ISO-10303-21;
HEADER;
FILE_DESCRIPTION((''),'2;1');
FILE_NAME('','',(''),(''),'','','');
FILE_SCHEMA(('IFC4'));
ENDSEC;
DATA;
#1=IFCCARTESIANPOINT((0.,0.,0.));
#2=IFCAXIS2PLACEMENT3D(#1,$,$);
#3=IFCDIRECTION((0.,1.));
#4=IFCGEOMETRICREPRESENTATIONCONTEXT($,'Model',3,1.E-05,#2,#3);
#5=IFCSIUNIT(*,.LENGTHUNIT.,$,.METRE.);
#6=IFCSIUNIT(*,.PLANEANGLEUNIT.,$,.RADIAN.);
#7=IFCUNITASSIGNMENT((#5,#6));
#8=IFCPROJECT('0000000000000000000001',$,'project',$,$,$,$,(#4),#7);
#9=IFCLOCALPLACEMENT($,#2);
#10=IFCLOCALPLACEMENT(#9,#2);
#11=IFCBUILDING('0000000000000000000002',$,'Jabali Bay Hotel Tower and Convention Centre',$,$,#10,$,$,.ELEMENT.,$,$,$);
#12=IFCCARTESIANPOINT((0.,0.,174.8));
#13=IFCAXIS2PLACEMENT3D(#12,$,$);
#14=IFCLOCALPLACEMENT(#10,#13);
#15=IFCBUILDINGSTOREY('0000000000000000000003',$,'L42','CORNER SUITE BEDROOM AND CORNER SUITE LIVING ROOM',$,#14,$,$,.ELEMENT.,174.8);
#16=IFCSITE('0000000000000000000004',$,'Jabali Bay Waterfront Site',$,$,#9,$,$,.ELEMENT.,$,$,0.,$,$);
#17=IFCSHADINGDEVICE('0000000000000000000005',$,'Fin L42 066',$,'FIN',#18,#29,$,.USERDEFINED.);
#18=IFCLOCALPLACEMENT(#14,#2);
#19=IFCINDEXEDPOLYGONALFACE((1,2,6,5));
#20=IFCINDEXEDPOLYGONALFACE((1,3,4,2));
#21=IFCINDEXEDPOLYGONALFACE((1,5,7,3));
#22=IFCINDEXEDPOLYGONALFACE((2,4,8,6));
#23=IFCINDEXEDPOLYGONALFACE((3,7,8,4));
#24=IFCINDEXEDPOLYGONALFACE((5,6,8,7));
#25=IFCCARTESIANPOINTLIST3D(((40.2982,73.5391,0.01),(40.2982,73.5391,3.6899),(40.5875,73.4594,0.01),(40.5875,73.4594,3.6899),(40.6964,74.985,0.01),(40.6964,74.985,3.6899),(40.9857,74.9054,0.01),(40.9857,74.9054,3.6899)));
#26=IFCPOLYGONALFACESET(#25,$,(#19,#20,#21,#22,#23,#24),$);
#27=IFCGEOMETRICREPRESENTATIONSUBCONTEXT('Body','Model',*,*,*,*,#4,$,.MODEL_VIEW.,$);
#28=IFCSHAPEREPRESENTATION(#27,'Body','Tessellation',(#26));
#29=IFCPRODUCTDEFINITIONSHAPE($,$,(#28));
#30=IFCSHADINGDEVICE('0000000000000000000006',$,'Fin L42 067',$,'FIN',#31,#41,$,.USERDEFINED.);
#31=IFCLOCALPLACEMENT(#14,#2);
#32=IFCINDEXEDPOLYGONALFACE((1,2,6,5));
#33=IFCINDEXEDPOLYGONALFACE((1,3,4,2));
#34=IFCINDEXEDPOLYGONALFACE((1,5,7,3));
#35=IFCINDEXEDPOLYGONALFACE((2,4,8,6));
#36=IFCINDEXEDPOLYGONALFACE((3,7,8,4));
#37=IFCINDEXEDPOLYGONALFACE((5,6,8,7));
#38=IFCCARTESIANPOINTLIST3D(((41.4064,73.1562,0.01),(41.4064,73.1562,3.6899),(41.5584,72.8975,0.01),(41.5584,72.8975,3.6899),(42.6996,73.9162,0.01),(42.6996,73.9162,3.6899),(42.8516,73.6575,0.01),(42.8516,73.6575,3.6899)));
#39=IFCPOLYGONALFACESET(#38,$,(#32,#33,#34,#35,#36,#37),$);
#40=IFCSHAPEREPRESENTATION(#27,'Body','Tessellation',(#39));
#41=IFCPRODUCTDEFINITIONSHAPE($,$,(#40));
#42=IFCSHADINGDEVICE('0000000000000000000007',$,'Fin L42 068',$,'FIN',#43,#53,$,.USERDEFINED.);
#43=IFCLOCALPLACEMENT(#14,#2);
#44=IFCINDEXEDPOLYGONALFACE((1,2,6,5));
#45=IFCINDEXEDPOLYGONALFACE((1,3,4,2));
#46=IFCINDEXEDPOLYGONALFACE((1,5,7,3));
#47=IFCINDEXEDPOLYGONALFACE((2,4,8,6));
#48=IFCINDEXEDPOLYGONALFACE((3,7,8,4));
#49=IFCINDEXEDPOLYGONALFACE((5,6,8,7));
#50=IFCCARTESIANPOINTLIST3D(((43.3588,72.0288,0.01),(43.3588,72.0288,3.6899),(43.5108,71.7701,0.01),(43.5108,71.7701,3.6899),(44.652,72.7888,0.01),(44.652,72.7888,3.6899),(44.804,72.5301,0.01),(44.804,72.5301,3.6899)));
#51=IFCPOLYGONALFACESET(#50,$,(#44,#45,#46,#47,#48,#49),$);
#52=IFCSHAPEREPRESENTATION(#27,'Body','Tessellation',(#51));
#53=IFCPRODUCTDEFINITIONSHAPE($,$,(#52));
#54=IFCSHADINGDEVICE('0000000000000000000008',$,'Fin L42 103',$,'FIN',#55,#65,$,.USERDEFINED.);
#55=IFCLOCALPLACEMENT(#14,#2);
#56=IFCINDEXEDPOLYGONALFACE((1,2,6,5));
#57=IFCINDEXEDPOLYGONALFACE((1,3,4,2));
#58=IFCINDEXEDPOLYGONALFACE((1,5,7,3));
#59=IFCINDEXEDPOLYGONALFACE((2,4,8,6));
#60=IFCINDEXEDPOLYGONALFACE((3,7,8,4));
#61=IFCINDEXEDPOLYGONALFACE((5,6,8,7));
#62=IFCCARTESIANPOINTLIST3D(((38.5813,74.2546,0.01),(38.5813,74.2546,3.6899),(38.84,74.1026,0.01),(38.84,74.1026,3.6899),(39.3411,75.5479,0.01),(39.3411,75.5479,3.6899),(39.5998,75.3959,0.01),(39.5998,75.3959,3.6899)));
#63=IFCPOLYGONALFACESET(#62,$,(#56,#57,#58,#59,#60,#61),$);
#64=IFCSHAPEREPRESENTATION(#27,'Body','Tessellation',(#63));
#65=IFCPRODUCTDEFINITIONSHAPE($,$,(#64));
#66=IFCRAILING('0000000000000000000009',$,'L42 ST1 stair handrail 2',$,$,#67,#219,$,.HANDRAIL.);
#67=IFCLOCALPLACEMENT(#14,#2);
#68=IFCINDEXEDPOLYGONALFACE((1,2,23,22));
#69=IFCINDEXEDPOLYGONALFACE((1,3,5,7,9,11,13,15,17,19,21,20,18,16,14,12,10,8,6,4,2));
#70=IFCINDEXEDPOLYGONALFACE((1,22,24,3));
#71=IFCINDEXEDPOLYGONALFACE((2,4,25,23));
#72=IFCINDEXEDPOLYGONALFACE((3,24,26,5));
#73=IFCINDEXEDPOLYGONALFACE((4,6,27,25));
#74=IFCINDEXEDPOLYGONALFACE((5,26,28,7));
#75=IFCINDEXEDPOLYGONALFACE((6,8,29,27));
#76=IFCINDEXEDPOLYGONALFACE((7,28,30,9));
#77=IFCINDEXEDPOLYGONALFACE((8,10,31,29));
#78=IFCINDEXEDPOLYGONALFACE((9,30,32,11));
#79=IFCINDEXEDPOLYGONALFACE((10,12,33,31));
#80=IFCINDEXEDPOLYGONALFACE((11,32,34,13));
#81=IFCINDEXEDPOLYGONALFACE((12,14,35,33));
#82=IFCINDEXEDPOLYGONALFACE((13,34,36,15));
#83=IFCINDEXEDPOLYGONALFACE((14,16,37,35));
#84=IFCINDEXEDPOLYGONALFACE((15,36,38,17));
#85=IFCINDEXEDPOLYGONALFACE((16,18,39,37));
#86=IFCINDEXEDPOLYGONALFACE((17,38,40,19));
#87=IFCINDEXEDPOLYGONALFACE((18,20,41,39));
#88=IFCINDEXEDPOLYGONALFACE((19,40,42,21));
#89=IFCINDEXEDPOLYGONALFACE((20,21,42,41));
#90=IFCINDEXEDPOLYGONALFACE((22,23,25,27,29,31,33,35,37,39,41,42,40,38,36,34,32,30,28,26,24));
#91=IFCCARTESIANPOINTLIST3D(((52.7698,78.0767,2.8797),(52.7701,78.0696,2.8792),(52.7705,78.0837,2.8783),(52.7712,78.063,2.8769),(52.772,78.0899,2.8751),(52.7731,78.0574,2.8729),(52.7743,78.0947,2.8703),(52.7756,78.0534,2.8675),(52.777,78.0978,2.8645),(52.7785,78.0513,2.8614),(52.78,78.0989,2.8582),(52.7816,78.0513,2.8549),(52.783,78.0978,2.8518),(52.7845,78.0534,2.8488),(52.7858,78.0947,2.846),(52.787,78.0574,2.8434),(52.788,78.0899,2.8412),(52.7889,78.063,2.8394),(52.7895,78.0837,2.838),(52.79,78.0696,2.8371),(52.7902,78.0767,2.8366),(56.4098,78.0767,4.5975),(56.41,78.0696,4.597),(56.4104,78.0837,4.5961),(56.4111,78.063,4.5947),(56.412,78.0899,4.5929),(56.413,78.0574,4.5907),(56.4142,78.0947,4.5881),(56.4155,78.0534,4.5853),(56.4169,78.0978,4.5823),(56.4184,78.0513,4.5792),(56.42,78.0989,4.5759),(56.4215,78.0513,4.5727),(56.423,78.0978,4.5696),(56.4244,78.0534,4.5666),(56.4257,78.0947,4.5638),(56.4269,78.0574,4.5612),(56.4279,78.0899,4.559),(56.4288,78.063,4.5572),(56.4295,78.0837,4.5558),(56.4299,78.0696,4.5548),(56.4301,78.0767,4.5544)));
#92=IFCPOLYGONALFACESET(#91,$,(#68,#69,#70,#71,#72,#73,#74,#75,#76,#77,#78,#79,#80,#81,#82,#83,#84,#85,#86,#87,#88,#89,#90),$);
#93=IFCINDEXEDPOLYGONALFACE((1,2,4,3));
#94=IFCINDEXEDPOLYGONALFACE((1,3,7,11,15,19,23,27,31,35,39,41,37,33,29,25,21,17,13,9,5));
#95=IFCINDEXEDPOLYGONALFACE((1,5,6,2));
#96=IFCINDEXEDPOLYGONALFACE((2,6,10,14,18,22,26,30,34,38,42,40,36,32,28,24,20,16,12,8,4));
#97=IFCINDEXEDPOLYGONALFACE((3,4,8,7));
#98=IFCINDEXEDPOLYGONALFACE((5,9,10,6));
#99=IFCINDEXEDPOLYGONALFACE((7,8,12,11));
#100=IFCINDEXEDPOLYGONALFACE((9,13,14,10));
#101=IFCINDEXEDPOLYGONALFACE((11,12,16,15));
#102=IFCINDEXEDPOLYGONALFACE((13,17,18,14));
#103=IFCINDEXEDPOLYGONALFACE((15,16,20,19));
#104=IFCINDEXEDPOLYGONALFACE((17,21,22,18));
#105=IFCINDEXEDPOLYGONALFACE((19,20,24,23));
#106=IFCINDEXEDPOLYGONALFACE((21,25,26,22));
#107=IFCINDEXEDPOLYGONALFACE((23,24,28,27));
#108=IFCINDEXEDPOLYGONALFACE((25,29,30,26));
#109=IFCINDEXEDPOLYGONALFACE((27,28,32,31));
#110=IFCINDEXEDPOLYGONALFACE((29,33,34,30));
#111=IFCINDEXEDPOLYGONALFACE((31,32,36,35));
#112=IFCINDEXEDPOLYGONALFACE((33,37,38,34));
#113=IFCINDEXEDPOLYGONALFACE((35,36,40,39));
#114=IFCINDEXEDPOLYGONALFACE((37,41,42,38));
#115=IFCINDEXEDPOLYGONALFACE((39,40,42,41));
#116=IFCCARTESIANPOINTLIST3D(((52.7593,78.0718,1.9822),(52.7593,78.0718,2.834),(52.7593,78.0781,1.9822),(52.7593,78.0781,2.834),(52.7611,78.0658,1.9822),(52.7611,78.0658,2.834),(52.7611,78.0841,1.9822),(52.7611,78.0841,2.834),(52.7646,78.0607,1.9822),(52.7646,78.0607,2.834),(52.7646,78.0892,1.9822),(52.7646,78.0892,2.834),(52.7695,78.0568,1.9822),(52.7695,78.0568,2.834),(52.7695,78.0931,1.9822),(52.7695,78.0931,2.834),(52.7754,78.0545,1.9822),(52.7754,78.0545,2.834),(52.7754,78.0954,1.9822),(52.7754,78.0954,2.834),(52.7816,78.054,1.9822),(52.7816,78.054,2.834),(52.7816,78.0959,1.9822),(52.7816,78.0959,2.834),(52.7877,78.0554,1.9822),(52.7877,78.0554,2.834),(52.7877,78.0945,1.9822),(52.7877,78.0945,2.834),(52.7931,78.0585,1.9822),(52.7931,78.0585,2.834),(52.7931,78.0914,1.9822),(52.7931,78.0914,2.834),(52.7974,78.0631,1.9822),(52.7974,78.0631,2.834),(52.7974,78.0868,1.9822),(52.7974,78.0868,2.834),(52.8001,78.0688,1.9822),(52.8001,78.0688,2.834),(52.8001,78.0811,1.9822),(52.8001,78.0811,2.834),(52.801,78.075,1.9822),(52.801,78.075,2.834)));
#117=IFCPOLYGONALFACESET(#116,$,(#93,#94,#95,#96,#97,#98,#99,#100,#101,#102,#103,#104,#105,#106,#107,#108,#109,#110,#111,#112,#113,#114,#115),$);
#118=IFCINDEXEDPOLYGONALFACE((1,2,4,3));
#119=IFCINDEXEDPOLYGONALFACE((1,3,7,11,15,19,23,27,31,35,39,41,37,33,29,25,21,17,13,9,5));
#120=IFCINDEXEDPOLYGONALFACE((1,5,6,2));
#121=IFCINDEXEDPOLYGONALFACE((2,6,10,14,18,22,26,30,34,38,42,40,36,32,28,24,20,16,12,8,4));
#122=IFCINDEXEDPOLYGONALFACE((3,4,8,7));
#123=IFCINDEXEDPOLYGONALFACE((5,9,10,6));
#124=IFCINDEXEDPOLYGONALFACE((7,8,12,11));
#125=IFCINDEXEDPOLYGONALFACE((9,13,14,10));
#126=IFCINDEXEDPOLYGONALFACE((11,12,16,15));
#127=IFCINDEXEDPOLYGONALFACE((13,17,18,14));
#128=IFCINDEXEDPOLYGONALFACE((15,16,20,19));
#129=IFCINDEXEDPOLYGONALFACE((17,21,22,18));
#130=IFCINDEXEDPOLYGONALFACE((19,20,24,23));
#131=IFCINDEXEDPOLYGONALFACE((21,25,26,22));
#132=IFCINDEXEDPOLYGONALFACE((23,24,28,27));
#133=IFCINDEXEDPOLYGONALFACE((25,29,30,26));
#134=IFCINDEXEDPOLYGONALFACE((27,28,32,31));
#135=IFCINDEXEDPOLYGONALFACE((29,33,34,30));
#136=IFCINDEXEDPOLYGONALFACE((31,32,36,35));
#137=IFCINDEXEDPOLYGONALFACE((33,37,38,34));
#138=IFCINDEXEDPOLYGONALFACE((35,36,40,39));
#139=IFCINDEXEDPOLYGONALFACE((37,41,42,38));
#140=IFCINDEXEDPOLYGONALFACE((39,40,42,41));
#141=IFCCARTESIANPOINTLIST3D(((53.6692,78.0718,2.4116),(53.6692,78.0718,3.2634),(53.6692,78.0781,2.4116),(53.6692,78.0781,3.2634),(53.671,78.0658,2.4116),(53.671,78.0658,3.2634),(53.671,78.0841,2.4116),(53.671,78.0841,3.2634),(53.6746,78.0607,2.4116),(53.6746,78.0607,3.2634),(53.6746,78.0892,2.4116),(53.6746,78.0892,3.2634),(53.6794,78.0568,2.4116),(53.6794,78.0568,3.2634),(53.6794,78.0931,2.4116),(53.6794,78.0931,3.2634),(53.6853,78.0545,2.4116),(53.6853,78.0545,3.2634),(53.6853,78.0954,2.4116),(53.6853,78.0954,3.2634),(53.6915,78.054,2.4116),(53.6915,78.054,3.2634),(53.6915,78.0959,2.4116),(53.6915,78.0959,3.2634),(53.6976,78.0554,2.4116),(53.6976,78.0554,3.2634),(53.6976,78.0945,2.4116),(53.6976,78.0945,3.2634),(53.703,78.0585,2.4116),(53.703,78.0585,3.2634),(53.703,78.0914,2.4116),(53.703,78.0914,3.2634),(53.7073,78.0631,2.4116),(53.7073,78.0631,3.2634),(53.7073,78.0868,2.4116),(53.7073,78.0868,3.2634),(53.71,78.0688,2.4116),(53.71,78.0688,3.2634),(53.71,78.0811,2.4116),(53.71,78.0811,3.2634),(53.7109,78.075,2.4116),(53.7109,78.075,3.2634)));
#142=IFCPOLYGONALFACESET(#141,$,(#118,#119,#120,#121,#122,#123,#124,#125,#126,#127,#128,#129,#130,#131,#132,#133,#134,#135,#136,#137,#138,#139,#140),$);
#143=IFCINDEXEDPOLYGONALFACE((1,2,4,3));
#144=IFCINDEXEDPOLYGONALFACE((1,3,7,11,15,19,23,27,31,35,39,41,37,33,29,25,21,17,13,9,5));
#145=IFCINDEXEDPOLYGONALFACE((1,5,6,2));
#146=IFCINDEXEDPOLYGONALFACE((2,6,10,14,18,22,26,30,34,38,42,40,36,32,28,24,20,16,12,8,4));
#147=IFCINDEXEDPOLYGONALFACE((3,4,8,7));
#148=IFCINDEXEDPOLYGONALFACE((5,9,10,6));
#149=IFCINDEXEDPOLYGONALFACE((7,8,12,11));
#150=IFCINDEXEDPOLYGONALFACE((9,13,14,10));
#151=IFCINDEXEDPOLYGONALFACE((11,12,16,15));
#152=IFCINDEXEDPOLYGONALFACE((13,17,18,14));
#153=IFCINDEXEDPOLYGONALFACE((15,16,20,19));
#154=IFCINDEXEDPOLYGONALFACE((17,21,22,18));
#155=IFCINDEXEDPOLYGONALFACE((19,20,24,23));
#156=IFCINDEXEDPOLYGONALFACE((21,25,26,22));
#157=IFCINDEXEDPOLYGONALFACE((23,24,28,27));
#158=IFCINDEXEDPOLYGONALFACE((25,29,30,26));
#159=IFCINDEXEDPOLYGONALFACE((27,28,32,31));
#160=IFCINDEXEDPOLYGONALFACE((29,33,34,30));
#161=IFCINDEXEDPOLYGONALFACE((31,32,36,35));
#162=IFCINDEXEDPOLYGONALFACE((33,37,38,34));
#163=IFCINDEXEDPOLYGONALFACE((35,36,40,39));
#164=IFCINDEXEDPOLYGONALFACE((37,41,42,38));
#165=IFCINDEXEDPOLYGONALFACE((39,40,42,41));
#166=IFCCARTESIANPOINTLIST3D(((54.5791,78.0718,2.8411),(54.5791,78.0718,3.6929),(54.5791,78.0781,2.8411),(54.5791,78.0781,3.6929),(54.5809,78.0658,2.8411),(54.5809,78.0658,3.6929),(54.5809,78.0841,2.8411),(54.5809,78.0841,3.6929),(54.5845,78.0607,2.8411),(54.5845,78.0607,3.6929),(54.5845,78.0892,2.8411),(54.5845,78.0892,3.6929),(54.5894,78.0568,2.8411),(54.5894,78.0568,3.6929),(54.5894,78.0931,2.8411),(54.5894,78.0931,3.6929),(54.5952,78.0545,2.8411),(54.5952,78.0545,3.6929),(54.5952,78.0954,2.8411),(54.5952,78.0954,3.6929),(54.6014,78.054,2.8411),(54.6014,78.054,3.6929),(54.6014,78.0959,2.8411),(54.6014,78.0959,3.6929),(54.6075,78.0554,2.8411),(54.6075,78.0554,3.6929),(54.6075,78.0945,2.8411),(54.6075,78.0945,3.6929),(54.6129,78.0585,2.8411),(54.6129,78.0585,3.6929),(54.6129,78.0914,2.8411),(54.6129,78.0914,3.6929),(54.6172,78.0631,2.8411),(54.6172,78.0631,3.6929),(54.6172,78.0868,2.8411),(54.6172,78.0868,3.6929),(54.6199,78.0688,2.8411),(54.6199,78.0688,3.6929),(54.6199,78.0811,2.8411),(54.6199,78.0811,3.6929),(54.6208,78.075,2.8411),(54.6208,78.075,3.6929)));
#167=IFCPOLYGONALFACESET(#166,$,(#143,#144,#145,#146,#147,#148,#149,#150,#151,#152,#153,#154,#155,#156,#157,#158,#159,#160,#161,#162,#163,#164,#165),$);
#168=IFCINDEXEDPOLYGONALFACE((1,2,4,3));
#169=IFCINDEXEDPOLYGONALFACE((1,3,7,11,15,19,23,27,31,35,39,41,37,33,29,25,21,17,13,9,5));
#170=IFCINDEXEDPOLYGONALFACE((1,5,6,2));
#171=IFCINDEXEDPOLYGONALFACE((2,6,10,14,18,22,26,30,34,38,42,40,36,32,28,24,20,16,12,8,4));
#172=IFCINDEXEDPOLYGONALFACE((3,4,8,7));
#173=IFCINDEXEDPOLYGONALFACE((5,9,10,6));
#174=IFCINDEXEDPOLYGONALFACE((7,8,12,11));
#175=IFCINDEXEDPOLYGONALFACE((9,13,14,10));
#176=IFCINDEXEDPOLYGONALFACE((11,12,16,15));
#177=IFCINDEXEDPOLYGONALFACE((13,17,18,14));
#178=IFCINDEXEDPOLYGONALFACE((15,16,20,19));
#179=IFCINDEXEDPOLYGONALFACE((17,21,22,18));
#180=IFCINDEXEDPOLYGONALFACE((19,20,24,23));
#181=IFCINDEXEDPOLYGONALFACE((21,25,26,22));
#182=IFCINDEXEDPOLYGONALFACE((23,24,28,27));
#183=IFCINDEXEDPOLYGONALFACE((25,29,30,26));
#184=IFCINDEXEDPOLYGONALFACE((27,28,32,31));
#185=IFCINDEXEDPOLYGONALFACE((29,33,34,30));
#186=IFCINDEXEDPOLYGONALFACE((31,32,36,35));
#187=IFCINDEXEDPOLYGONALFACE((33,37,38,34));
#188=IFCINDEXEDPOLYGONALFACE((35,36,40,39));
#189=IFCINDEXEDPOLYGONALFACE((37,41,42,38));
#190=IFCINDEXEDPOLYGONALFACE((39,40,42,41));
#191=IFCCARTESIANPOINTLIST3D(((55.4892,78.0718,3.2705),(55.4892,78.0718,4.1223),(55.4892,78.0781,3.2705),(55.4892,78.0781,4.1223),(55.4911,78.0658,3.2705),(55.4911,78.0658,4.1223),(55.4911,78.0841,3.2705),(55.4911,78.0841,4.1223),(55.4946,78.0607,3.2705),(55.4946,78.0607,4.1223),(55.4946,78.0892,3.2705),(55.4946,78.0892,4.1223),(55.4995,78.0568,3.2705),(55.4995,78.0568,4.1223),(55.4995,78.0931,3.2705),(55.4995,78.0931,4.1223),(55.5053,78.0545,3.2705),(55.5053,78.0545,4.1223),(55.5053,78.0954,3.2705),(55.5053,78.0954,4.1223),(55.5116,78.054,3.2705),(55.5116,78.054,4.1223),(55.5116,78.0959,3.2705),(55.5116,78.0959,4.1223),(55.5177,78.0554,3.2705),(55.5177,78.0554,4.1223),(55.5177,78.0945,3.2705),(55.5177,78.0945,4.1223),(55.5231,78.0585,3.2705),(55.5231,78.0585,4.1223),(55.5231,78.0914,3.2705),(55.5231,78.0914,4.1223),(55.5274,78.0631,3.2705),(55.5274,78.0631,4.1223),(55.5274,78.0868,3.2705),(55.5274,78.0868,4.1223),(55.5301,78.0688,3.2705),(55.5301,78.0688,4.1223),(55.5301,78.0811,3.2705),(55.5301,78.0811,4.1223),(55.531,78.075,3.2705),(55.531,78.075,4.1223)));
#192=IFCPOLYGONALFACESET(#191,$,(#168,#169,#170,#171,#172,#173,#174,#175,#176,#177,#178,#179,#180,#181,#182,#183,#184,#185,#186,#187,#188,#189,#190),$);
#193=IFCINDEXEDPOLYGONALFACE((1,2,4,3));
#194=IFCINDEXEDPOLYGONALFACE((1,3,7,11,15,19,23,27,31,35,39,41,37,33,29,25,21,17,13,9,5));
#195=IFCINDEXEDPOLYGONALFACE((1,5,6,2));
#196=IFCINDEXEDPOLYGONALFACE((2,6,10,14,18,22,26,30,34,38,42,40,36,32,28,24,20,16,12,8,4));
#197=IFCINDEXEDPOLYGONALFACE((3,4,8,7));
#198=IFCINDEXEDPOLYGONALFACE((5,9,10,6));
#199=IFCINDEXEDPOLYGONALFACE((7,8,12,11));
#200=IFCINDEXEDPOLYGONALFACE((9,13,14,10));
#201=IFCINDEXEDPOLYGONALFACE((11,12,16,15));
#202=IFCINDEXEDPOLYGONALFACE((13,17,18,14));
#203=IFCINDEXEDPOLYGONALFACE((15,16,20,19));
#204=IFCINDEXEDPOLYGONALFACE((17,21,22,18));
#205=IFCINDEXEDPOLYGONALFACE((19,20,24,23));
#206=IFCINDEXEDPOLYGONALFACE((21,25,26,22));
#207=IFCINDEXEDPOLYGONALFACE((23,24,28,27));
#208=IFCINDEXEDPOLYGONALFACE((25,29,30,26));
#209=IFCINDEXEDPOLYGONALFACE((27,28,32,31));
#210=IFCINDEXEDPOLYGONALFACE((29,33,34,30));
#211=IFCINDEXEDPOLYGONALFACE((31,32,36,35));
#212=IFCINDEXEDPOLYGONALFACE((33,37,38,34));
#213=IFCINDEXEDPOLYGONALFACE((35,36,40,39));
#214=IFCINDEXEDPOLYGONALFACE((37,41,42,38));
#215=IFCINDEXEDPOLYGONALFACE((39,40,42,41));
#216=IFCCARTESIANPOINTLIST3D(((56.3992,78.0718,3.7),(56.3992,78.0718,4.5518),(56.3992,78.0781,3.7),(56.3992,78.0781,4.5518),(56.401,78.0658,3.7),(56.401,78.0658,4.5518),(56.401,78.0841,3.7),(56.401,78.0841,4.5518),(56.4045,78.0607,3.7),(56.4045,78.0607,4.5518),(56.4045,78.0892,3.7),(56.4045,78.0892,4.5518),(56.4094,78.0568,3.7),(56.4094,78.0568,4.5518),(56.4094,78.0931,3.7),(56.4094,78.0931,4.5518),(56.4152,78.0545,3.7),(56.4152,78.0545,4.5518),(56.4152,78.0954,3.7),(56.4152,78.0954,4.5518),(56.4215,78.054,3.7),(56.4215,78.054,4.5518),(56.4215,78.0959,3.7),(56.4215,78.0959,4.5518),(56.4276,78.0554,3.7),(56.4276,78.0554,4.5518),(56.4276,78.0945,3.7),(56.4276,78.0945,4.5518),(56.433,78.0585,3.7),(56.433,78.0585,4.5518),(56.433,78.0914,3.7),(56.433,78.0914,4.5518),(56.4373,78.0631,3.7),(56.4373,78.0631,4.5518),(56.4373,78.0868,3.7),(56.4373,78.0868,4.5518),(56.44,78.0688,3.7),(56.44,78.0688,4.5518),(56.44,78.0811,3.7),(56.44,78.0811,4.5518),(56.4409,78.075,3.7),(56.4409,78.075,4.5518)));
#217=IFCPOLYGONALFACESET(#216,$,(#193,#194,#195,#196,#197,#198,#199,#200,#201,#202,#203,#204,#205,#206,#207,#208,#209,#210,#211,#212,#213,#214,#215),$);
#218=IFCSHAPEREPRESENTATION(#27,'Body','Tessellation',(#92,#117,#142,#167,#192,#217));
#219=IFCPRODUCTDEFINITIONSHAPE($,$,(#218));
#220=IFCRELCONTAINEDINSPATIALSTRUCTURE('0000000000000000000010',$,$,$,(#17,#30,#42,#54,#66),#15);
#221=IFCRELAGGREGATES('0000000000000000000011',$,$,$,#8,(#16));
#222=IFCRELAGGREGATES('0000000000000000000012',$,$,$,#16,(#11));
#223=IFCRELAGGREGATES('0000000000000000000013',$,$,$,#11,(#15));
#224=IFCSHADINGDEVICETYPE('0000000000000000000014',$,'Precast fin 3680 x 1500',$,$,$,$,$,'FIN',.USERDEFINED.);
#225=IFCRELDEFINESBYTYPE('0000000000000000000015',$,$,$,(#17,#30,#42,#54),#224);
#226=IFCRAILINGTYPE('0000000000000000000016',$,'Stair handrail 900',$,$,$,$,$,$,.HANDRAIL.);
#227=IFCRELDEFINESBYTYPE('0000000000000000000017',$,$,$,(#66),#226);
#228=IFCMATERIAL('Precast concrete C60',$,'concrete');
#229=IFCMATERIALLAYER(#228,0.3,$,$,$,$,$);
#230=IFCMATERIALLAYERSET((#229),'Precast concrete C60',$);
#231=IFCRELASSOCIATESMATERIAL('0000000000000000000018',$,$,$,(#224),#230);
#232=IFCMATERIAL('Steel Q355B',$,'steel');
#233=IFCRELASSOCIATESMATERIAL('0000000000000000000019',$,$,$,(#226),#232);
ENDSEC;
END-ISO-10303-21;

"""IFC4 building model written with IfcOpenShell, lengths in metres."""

from ifc_helpers import new_model, si_unit, direction, frame, frame_2d, origin, origin_2d, place, context, subcontext, project, spatial, rectangle, circle, extrude, material, layer, layer_set, type_object, element, save


model = new_model("IFC4")

# Units and contexts
model_context = context("Model", 3, precision=1e-05, world=origin(), true_north=direction((0.0, 1.0)))
body_context = subcontext(model_context, "Body", "Model", "MODEL_VIEW")
ifc_project = project(units=[si_unit("LENGTHUNIT", "METRE"), si_unit("PLANEANGLEUNIT", "RADIAN")], contexts=[model_context])

# Site, building, storey
site_placement = place(None, origin())
site = spatial("IfcSite", under=ifc_project, at=site_placement, Name="Jabali Bay Waterfront Site", CompositionType="ELEMENT", RefElevation=0.0)
building_placement = place(site_placement, origin())
building = spatial("IfcBuilding", under=site, at=building_placement, Name="Jabali Bay Hotel Tower and Convention Centre", CompositionType="ELEMENT")
storey_placement = place(building_placement, frame((0.0, 0.0, 174.8)))
storey = spatial("IfcBuildingStorey", under=building, at=storey_placement, Name="L42", Description="CORNER SUITE BEDROOM AND CORNER SUITE LIVING ROOM", CompositionType="ELEMENT", Elevation=174.8)

# Shading devices
ifc_material_1 = material(Name="Precast concrete C60", Category="concrete")
ifc_layer_1 = layer(ifc_material_1, 0.3)
ifc_layer_set_1 = layer_set([ifc_layer_1], Name="Precast concrete C60")
shading_device_type = type_object("IfcShadingDeviceType", Name="Precast fin 3680 x 1500", ElementType="FIN", PredefinedType="USERDEFINED", material=ifc_layer_set_1)
shading_device_placement = place(storey_placement, frame((40.8411, 74.9453, 0.01), z_axis=(0.0, 0.0, 1.0), x_axis=(-0.265486, -0.964115, 0.0)))
element("IfcShadingDevice", 1, at=shading_device_placement, inside=storey, type_object=shading_device_type, Name="Fin L42 066", ObjectType="FIN", PredefinedType="USERDEFINED", context=body_context, shape_type="SweptSolid", body=[
    extrude(rectangle(XDim=1.4998, YDim=0.3, at=frame_2d((0.75, 0.0))), origin(), (0.0, 0.0, 1.0), 3.6799),
])
for number, where, z_axis, x_axis, name in (
    (2, (42.7756, 73.7869, 0.01), (0.0, 0.0, 1.0), (-0.862139, -0.506672, 0.0), "Fin L42 067"),
    (3, (44.728, 72.6594, 0.01), (0.0, 0.0, 1.0), (-0.862139, -0.506672, 0.0), "Fin L42 068"),
    (4, (39.4705, 75.4719, 0.01), (0.0, 0.0, 1.0), (-0.506551, -0.86221, 0.0), "Fin L42 103"),
):
    element("IfcShadingDevice", number, at=place(storey_placement, frame(where, z_axis=z_axis, x_axis=x_axis)), inside=storey, type_object=shading_device_type, Name=name, ObjectType="FIN", PredefinedType="USERDEFINED", context=body_context, shape_type="SweptSolid", body=[
        extrude(rectangle(XDim=1.5, YDim=0.3, at=frame_2d((0.75, 0.0))), origin(), (0.0, 0.0, 1.0), 3.6799),
    ])

# Railing
ifc_material_2 = material(Name="Steel Q355B", Category="steel")
railing_type = type_object("IfcRailingType", Name="Stair handrail 900", PredefinedType="HANDRAIL", material=ifc_material_2)
railing_placement = place(storey_placement, frame((52.78, 78.075, 1.9822)))
element("IfcRailing", 5, at=railing_placement, inside=storey, type_object=railing_type, Name="L42 ST1 stair handrail 2", PredefinedType="HANDRAIL", context=body_context, shape_type="SweptSolid", body=[
    extrude(circle(Radius=0.0239, at=origin_2d()), frame((0.0, 0.0, 0.876), z_axis=(0.904351, 0.0, 0.42679), x_axis=(0.0, 1.0, 0.0)), (0.0, 0.0, 1.0), 4.0249),
    extrude(circle(Radius=0.021, at=origin_2d()), origin(), (0.0, 0.0, 1.0), 0.8518),
    extrude(circle(Radius=0.021, at=origin_2d()), frame((0.9099, 0.0, 0.4294)), (0.0, 0.0, 1.0), 0.8518),
    extrude(circle(Radius=0.021, at=origin_2d()), frame((1.8198, 0.0, 0.8589)), (0.0, 0.0, 1.0), 0.8518),
    extrude(circle(Radius=0.021, at=origin_2d()), frame((2.73, 0.0, 1.2883)), (0.0, 0.0, 1.0), 0.8518),
    extrude(circle(Radius=0.021, at=origin_2d()), frame((3.6399, 0.0, 1.7178)), (0.0, 0.0, 1.0), 0.8518),
])

save(model, "model.ifc")
